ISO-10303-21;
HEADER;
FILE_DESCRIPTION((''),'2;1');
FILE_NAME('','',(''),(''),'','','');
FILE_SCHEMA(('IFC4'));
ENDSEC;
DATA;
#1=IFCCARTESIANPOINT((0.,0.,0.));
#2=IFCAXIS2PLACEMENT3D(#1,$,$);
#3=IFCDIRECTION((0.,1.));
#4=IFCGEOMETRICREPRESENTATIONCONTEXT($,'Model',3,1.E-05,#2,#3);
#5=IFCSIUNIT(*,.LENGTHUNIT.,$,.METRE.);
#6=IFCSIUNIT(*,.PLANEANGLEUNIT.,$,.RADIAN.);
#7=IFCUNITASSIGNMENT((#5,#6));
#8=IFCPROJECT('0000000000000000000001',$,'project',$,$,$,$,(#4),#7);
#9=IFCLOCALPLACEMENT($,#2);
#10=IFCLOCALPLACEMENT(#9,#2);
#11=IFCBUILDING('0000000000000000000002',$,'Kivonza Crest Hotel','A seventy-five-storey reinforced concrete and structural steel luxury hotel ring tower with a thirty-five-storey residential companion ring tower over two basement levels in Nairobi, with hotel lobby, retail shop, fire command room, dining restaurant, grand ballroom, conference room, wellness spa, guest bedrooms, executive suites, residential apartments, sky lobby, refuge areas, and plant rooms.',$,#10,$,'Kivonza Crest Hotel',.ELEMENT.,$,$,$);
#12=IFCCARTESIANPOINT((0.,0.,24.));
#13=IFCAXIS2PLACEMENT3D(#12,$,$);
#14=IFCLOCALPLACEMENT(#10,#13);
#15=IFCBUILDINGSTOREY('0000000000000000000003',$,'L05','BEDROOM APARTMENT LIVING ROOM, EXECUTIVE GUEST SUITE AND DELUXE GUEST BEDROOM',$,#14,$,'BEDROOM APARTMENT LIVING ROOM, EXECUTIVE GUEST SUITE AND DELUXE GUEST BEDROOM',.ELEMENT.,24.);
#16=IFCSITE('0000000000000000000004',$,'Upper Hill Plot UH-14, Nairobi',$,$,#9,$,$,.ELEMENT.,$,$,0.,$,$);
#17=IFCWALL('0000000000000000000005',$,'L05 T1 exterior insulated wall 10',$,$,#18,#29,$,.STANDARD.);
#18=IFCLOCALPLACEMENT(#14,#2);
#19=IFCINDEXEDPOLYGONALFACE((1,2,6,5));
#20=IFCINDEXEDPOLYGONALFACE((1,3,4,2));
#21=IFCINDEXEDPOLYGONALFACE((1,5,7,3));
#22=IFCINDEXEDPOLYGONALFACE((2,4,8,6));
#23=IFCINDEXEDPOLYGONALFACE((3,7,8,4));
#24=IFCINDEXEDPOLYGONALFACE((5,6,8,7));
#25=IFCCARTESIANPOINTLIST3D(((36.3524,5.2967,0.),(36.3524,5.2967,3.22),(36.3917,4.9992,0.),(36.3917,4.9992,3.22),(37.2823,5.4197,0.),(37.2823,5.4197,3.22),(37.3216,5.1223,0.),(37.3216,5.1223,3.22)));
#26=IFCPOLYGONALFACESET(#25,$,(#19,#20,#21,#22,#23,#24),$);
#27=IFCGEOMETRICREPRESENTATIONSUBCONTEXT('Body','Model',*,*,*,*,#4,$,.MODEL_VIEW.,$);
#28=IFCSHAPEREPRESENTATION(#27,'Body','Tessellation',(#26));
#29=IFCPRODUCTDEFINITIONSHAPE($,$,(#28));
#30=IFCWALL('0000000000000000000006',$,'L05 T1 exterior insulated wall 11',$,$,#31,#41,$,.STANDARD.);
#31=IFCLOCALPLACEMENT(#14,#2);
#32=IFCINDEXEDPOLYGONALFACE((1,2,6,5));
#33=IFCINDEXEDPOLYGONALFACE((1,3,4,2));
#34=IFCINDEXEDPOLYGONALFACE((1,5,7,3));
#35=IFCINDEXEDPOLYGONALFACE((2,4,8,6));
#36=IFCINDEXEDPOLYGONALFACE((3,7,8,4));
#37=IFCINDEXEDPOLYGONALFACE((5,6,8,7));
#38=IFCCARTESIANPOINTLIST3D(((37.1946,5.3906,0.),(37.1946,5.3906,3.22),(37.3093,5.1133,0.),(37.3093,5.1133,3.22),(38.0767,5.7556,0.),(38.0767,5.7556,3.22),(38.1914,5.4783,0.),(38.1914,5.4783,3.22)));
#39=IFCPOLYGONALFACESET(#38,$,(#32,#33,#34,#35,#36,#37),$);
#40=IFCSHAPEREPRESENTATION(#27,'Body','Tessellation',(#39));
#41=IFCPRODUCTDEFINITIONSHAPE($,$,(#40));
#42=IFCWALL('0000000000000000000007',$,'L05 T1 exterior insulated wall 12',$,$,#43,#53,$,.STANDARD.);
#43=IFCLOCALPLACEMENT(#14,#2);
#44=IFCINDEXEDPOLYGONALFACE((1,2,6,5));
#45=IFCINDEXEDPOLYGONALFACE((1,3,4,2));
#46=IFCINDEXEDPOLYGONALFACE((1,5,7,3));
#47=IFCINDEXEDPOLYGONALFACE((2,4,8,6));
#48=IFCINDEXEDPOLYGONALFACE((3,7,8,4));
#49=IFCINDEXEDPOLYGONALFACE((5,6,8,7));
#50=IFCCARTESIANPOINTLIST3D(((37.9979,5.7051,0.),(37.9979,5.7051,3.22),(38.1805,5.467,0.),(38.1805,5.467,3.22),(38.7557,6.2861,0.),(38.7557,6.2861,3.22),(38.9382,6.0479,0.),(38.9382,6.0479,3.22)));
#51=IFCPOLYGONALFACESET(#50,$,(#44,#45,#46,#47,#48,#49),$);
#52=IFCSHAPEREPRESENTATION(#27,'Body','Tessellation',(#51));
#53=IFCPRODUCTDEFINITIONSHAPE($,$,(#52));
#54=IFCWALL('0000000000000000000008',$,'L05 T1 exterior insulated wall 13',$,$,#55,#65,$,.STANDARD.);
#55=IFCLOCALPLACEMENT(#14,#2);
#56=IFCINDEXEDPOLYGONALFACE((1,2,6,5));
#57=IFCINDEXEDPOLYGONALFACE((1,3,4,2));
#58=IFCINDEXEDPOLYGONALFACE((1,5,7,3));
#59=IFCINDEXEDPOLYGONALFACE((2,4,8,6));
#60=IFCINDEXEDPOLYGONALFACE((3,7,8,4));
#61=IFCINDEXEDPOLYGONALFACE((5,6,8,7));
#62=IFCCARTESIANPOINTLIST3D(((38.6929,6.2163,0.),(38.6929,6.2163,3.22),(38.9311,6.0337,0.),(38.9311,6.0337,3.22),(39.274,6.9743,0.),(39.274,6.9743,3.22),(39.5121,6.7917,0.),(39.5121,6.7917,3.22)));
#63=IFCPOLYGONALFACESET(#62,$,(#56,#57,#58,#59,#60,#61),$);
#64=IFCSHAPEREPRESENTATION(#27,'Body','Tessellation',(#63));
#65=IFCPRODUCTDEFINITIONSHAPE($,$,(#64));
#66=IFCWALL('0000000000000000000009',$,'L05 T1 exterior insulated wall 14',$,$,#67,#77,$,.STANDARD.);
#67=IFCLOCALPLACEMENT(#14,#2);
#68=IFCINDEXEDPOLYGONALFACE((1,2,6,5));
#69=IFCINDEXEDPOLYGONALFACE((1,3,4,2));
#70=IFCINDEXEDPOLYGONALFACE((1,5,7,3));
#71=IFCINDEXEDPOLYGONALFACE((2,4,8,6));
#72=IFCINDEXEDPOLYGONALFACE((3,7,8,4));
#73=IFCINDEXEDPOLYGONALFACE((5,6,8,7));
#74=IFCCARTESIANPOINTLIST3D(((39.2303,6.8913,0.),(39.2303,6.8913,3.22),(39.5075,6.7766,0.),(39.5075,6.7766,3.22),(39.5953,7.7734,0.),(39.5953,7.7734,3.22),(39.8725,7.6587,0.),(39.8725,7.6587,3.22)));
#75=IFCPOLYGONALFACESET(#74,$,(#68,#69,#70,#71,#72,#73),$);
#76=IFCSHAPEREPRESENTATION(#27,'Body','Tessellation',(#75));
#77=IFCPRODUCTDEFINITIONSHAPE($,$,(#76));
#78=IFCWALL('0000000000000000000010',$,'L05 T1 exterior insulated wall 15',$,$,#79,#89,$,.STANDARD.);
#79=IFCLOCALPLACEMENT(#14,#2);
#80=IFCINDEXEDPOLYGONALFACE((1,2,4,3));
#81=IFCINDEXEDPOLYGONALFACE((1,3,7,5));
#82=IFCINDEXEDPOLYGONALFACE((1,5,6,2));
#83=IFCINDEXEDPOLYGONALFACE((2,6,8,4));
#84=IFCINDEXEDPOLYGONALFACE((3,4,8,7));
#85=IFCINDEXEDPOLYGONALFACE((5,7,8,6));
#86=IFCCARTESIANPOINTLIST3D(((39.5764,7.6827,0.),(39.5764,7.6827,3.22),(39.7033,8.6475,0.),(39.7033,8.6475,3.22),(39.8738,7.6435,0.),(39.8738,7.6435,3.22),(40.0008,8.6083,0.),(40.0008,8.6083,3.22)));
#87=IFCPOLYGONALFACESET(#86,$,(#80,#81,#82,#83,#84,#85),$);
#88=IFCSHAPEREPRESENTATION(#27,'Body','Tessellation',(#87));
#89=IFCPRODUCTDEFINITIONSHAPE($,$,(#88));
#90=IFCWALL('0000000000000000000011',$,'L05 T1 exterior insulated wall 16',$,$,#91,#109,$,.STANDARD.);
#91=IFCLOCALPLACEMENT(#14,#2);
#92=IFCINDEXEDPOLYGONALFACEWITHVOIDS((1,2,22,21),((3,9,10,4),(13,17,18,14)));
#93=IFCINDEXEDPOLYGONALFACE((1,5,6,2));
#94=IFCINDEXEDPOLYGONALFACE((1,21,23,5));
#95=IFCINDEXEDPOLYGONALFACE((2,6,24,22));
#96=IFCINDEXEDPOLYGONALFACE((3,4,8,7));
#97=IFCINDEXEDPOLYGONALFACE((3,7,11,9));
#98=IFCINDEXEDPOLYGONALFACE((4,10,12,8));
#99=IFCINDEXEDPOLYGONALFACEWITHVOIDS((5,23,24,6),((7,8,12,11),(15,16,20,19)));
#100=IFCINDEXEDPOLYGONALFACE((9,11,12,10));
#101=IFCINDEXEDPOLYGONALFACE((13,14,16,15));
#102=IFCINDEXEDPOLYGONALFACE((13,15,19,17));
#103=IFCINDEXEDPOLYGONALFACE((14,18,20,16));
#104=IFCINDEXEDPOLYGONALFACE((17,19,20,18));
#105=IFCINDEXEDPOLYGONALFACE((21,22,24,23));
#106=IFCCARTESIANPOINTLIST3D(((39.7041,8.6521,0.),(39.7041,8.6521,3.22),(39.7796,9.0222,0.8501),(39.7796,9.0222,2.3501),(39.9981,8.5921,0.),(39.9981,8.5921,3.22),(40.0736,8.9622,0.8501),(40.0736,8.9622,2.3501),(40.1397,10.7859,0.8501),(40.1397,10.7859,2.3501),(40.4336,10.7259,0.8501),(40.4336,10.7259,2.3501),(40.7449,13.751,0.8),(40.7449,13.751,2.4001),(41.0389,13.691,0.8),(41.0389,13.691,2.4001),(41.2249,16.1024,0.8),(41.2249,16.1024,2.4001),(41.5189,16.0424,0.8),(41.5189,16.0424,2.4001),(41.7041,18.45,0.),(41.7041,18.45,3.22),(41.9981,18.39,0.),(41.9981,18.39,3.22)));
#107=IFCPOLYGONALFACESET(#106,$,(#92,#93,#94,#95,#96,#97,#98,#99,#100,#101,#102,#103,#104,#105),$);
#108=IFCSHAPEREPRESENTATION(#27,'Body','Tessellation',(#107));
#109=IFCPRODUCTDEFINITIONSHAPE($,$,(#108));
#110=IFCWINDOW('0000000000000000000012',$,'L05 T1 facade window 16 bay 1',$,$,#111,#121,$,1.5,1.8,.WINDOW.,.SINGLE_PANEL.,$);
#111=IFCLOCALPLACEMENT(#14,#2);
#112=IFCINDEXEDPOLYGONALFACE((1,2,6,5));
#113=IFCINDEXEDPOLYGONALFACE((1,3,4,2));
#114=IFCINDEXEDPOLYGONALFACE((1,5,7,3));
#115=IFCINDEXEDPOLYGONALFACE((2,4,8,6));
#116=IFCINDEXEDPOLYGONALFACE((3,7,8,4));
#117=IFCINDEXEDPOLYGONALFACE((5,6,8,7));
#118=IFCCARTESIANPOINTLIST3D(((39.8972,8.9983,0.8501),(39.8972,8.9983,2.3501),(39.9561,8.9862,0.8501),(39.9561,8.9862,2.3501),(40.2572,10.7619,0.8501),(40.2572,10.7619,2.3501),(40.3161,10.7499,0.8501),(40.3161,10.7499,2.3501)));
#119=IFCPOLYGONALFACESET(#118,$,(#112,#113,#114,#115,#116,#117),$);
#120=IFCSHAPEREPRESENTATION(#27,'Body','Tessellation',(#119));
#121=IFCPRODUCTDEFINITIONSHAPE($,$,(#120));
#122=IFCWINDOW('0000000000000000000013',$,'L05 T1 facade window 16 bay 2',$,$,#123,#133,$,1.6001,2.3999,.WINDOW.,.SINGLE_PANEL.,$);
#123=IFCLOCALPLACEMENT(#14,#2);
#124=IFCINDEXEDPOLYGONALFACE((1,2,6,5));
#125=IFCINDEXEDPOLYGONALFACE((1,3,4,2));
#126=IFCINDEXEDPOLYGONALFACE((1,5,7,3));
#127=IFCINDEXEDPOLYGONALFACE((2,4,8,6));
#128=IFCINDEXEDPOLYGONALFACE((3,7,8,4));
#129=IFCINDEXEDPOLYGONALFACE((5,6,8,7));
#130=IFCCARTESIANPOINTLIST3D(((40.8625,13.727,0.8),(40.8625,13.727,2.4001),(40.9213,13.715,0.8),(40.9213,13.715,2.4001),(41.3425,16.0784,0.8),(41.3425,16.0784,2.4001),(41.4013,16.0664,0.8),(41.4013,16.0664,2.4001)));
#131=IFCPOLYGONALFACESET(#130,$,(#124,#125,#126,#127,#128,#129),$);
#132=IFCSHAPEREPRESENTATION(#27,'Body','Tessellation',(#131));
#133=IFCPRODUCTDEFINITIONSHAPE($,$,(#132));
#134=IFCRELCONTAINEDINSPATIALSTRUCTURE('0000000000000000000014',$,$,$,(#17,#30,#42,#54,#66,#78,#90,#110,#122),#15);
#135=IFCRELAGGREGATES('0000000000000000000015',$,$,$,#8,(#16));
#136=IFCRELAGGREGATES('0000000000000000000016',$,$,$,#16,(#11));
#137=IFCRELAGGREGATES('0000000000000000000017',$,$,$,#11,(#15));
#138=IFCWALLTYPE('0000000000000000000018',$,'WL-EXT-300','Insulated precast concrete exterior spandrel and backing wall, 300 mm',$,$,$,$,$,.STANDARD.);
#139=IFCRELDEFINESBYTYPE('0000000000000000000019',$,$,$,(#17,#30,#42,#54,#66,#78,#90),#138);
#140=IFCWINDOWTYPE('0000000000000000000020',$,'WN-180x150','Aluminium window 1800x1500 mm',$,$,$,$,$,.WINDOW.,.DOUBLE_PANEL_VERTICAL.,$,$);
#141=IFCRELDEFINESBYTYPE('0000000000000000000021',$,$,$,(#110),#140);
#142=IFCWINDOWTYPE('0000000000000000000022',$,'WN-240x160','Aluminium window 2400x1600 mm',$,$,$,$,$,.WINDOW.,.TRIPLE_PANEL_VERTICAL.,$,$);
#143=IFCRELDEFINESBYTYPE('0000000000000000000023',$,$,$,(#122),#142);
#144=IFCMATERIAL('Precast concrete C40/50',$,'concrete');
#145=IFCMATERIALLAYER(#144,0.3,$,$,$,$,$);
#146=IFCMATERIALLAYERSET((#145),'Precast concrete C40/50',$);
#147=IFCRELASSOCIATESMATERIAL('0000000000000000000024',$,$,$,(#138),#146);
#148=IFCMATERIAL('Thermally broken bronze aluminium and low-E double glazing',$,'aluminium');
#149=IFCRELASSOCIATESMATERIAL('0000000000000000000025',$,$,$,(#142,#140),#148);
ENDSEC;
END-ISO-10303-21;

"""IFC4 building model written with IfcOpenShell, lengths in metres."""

from ifc_helpers import new_model, si_unit, direction, frame, frame_2d, origin, place, context, subcontext, project, spatial, rectangle, extrude, material, layer, layer_set, type_object, element, fill, save


model = new_model("IFC4")

# Units and contexts
model_context = context("Model", 3, precision=1e-05, world=origin(), true_north=direction((0.0, 1.0)))
body_context = subcontext(model_context, "Body", "Model", "MODEL_VIEW")
ifc_project = project(units=[si_unit("LENGTHUNIT", "METRE"), si_unit("PLANEANGLEUNIT", "RADIAN")], contexts=[model_context])

# Site, building, storey
site_placement = place(None, origin())
site = spatial("IfcSite", under=ifc_project, at=site_placement, Name="Upper Hill Plot UH-14, Nairobi", CompositionType="ELEMENT", RefElevation=0.0)
building_placement = place(site_placement, origin())
building = spatial("IfcBuilding", under=site, at=building_placement, Name="Kivonza Crest Hotel", Description="A seventy-five-storey reinforced concrete and structural steel luxury hotel ring tower with a thirty-five-storey residential companion ring tower over two basement levels in Nairobi, with hotel lobby, retail shop, fire command room, dining restaurant, grand ballroom, conference room, wellness spa, guest bedrooms, executive suites, residential apartments, sky lobby, refuge areas, and plant rooms.", LongName="Kivonza Crest Hotel", CompositionType="ELEMENT")
storey_placement = place(building_placement, frame((0.0, 0.0, 24.0)))
storey = spatial("IfcBuildingStorey", under=building, at=storey_placement, Name="L05", Description="BEDROOM APARTMENT LIVING ROOM, EXECUTIVE GUEST SUITE AND DELUXE GUEST BEDROOM", LongName="BEDROOM APARTMENT LIVING ROOM, EXECUTIVE GUEST SUITE AND DELUXE GUEST BEDROOM", CompositionType="ELEMENT", Elevation=24.0)

# Shared definitions
ifc_material_1 = material(Name="Precast concrete C40/50", Category="concrete")
ifc_layer_1 = layer(ifc_material_1, 0.3)
ifc_layer_set_1 = layer_set([ifc_layer_1], Name="Precast concrete C40/50")
wall_type_1 = type_object("IfcWallType", Name="WL-EXT-300", Description="Insulated precast concrete exterior spandrel and backing wall, 300 mm", PredefinedType="STANDARD", material=ifc_layer_set_1)
ifc_material_2 = material(Name="Thermally broken bronze aluminium and low-E double glazing", Category="aluminium")
window_type_1 = type_object("IfcWindowType", Name="WN-240x160", Description="Aluminium window 2400x1600 mm", PartitioningType="TRIPLE_PANEL_VERTICAL", PredefinedType="WINDOW", material=ifc_material_2)

# Walls
wall_1_placement = place(storey_placement, frame((36.3721, 5.1479, 0.0), z_axis=(0.0, 0.0, 1.0), x_axis=(0.991359, 0.131175, 0.0)))
element("IfcWall", 1, at=wall_1_placement, inside=storey, type_object=wall_type_1, Name="L05 T1 exterior insulated wall 10", PredefinedType="STANDARD", context=body_context, shape_type="SweptSolid", body=[
    extrude(rectangle(XDim=0.938, YDim=0.3, at=frame_2d((0.469, 0.0))), origin(), (0.0, 0.0, 1.0), 3.22),
])
wall_2_placement = place(storey_placement, frame((37.252, 5.252, 0.0), z_axis=(0.0, 0.0, 1.0), x_axis=(0.92402, 0.382344, 0.0)))
element("IfcWall", 2, at=wall_2_placement, inside=storey, type_object=wall_type_1, Name="L05 T1 exterior insulated wall 11", PredefinedType="STANDARD", context=body_context, shape_type="SweptSolid", body=[
    extrude(rectangle(XDim=0.9546, YDim=0.3, at=frame_2d((0.4773, 0.0))), origin(), (0.0, 0.0, 1.0), 3.22),
])
wall_3_placement = place(storey_placement, frame((38.0891, 5.5859, 0.0), z_axis=(0.0, 0.0, 1.0), x_axis=(0.793573, 0.608474, 0.0)))
element("IfcWall", 3, at=wall_3_placement, inside=storey, type_object=wall_type_1, Name="L05 T1 exterior insulated wall 12", PredefinedType="STANDARD", context=body_context, shape_type="SweptSolid", body=[
    extrude(rectangle(XDim=0.9548, YDim=0.3, at=frame_2d((0.4775, 0.0))), origin(), (0.0, 0.0, 1.0), 3.22),
])
wall_4_placement = place(storey_placement, frame((38.812, 6.125, 0.0), z_axis=(0.0, 0.0, 1.0), x_axis=(0.608351, 0.793668, 0.0)))
element("IfcWall", 4, at=wall_4_placement, inside=storey, type_object=wall_type_1, Name="L05 T1 exterior insulated wall 13", PredefinedType="STANDARD", context=body_context, shape_type="SweptSolid", body=[
    extrude(rectangle(XDim=0.9551, YDim=0.3, at=frame_2d((0.4775, 0.0))), origin(), (0.0, 0.0, 1.0), 3.22),
])
wall_5_placement = place(storey_placement, frame((39.3689, 6.834, 0.0), z_axis=(0.0, 0.0, 1.0), x_axis=(0.382344, 0.92402, 0.0)))
element("IfcWall", 5, at=wall_5_placement, inside=storey, type_object=wall_type_1, Name="L05 T1 exterior insulated wall 14", PredefinedType="STANDARD", context=body_context, shape_type="SweptSolid", body=[
    extrude(rectangle(XDim=0.9546, YDim=0.3, at=frame_2d((0.4773, 0.0))), origin(), (0.0, 0.0, 1.0), 3.22),
])
wall_6_placement = place(storey_placement, frame((39.7251, 7.6631, 0.0), z_axis=(0.0, 0.0, 1.0), x_axis=(0.130455, 0.991454, 0.0)))
element("IfcWall", 6, at=wall_6_placement, inside=storey, type_object=wall_type_1, Name="L05 T1 exterior insulated wall 15", PredefinedType="STANDARD", context=body_context, shape_type="SweptSolid", body=[
    extrude(rectangle(XDim=0.9731, YDim=0.3, at=frame_2d((0.4866, 0.0))), origin(), (0.0, 0.0, 1.0), 3.22),
])

# Wall, openings, windows
wall_7_placement = place(storey_placement, frame((39.8511, 8.6221, 0.0), z_axis=(0.0, 0.0, 1.0), x_axis=(0.200002, 0.979795, 0.0)))
wall_7 = element("IfcWall", 7, at=wall_7_placement, inside=storey, type_object=wall_type_1, Name="L05 T1 exterior insulated wall 16", PredefinedType="STANDARD", context=body_context, shape_type="SweptSolid", body=[
    extrude(rectangle(XDim=10.0, YDim=0.3, at=frame_2d((5.0, 0.0))), origin(), (0.0, 0.0, 1.0), 3.22),
])
opening_1_placement = place(wall_7_placement, frame((0.3779, 0.0, 0.8501)))
opening_1 = element("IfcOpeningElement", 8, at=opening_1_placement, cuts=wall_7, PredefinedType="OPENING", context=body_context, shape_type="SweptSolid", body=[
    extrude(rectangle(XDim=1.8, YDim=1.5, at=frame_2d((0.8999, 0.75))), frame((0.0, 0.1602, 0.0), z_axis=(0.0, -1.0, 0.0), x_axis=(1.0, 0.0, 0.0)), (0.0, 0.0, 1.0), 0.3201),
])
opening_2_placement = place(wall_7_placement, frame((5.2041, 0.0, 0.8)))
opening_2 = element("IfcOpeningElement", 9, at=opening_2_placement, cuts=wall_7, PredefinedType="OPENING", context=body_context, shape_type="SweptSolid", body=[
    extrude(rectangle(XDim=2.3999, YDim=1.6001, at=frame_2d((1.2, 0.8))), frame((0.0, 0.1602, 0.0), z_axis=(0.0, -1.0, 0.0), x_axis=(1.0, 0.0, 0.0)), (0.0, 0.0, 1.0), 0.3201),
])
window_type_2 = type_object("IfcWindowType", Name="WN-180x150", Description="Aluminium window 1800x1500 mm", PartitioningType="DOUBLE_PANEL_VERTICAL", PredefinedType="WINDOW", material=ifc_material_2)
window_1_placement = place(opening_1_placement, origin())
window_1 = element("IfcWindow", 10, at=window_1_placement, inside=storey, type_object=window_type_2, Name="L05 T1 facade window 16 bay 1", OverallHeight=1.5, OverallWidth=1.8, PartitioningType="SINGLE_PANEL", PredefinedType="WINDOW", context=body_context, shape_type="SweptSolid", body=[
    extrude(rectangle(XDim=1.8, YDim=1.5, at=frame_2d((0.8999, 0.75))), frame((0.0, 0.03, 0.0), z_axis=(0.0, -1.0, 0.0), x_axis=(1.0, 0.0, 0.0)), (0.0, 0.0, 1.0), 0.0601),
])
fill(opening_1, window_1)
window_2_placement = place(opening_2_placement, origin())
window_2 = element("IfcWindow", 11, at=window_2_placement, inside=storey, type_object=window_type_1, Name="L05 T1 facade window 16 bay 2", OverallHeight=1.6001, OverallWidth=2.3999, PartitioningType="SINGLE_PANEL", PredefinedType="WINDOW", context=body_context, shape_type="SweptSolid", body=[
    extrude(rectangle(XDim=2.3999, YDim=1.6001, at=frame_2d((1.2, 0.8))), frame((0.0, 0.03, 0.0), z_axis=(0.0, -1.0, 0.0), x_axis=(1.0, 0.0, 0.0)), (0.0, 0.0, 1.0), 0.0601),
])
fill(opening_2, window_2)

save(model, "model.ifc")
